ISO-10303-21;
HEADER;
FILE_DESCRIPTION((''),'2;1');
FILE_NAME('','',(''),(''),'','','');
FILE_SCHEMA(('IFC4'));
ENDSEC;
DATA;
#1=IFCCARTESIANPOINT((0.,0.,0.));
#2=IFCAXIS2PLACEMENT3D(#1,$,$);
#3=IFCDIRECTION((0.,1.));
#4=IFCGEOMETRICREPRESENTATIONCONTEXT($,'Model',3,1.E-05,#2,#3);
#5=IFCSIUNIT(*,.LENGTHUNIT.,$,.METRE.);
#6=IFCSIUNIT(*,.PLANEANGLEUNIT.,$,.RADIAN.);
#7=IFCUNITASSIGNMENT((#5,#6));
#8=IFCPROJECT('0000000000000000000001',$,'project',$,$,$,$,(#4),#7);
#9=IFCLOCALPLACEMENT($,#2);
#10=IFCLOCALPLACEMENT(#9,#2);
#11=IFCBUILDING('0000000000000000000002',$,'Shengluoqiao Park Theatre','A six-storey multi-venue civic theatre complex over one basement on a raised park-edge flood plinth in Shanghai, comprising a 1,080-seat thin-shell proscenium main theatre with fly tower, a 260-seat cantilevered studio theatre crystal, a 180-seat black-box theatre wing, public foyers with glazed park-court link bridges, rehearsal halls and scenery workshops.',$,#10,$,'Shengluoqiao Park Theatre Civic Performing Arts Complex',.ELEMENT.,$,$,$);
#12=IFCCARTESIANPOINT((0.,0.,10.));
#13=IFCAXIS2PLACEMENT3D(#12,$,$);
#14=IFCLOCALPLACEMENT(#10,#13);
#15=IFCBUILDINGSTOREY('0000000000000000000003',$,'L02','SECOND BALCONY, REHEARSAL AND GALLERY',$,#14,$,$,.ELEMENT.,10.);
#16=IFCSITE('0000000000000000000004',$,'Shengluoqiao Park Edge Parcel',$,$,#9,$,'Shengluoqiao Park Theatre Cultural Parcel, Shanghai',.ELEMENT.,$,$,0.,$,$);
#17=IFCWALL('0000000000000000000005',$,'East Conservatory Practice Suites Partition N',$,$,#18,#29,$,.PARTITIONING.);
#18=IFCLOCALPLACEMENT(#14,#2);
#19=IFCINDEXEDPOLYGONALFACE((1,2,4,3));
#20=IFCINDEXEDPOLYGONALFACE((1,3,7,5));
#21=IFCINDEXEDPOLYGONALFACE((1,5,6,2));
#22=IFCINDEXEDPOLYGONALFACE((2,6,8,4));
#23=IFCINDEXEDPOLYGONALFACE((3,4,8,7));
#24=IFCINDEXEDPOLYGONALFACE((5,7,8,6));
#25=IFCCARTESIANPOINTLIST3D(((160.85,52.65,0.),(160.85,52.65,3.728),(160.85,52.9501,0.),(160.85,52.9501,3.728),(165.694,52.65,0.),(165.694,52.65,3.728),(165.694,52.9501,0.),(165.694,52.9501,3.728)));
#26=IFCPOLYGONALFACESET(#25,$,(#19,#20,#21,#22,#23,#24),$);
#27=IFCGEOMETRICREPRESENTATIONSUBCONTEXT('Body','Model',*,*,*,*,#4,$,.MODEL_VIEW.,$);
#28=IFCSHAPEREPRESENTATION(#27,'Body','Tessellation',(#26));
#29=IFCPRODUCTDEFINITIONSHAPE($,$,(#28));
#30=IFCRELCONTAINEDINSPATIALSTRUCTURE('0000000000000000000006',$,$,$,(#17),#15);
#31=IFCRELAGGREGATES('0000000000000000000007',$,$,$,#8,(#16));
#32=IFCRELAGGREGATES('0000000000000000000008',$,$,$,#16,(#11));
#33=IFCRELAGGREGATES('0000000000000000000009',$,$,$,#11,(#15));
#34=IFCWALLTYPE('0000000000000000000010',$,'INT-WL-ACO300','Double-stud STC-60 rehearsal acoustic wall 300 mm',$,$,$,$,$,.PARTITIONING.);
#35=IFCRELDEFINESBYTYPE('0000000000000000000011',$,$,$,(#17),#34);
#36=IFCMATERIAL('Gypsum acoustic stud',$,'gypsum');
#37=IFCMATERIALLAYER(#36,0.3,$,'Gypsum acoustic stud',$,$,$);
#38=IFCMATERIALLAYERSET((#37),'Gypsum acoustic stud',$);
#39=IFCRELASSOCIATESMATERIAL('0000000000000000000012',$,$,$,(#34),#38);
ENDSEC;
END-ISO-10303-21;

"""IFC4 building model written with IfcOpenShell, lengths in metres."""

from ifc_helpers import new_model, si_unit, direction, frame, frame_2d, origin, place, context, subcontext, project, spatial, rectangle, extrude, material, layer, layer_set, type_object, element, save


model = new_model("IFC4")

# Units and contexts
model_context = context("Model", 3, precision=1e-05, world=origin(), true_north=direction((0.0, 1.0)))
body_context = subcontext(model_context, "Body", "Model", "MODEL_VIEW")
ifc_project = project(units=[si_unit("LENGTHUNIT", "METRE"), si_unit("PLANEANGLEUNIT", "RADIAN")], contexts=[model_context])

# Site, building, storey
site_placement = place(None, origin())
site = spatial("IfcSite", under=ifc_project, at=site_placement, Name="Shengluoqiao Park Edge Parcel", LongName="Shengluoqiao Park Theatre Cultural Parcel, Shanghai", CompositionType="ELEMENT", RefElevation=0.0)
building_placement = place(site_placement, origin())
building = spatial("IfcBuilding", under=site, at=building_placement, Name="Shengluoqiao Park Theatre", Description="A six-storey multi-venue civic theatre complex over one basement on a raised park-edge flood plinth in Shanghai, comprising a 1,080-seat thin-shell proscenium main theatre with fly tower, a 260-seat cantilevered studio theatre crystal, a 180-seat black-box theatre wing, public foyers with glazed park-court link bridges, rehearsal halls and scenery workshops.", LongName="Shengluoqiao Park Theatre Civic Performing Arts Complex", CompositionType="ELEMENT")
storey_placement = place(building_placement, frame((0.0, 0.0, 10.0)))
storey = spatial("IfcBuildingStorey", under=building, at=storey_placement, Name="L02", Description="SECOND BALCONY, REHEARSAL AND GALLERY", CompositionType="ELEMENT", Elevation=10.0)

# Wall
ifc_material_1 = material(Name="Gypsum acoustic stud", Category="gypsum")
ifc_layer_1 = layer(ifc_material_1, 0.3, Name="Gypsum acoustic stud")
ifc_layer_set_1 = layer_set([ifc_layer_1], Name="Gypsum acoustic stud")
wall_type_1 = type_object("IfcWallType", Name="INT-WL-ACO300", Description="Double-stud STC-60 rehearsal acoustic wall 300 mm", PredefinedType="PARTITIONING", material=ifc_layer_set_1)
wall_1_placement = place(storey_placement, frame((160.8501, 52.8, 0.0), z_axis=(0.0, 0.0, 1.0), x_axis=(1.0, 0.0, 0.0)))
element("IfcWall", 1, at=wall_1_placement, inside=storey, type_object=wall_type_1, Name="East Conservatory Practice Suites Partition N", PredefinedType="PARTITIONING", context=body_context, shape_type="SweptSolid", body=[
    extrude(rectangle(XDim=4.844, YDim=0.3, at=frame_2d((2.4219, 0.0))), origin(), (0.0, 0.0, 1.0), 3.728),
])

save(model, "model.ifc")
